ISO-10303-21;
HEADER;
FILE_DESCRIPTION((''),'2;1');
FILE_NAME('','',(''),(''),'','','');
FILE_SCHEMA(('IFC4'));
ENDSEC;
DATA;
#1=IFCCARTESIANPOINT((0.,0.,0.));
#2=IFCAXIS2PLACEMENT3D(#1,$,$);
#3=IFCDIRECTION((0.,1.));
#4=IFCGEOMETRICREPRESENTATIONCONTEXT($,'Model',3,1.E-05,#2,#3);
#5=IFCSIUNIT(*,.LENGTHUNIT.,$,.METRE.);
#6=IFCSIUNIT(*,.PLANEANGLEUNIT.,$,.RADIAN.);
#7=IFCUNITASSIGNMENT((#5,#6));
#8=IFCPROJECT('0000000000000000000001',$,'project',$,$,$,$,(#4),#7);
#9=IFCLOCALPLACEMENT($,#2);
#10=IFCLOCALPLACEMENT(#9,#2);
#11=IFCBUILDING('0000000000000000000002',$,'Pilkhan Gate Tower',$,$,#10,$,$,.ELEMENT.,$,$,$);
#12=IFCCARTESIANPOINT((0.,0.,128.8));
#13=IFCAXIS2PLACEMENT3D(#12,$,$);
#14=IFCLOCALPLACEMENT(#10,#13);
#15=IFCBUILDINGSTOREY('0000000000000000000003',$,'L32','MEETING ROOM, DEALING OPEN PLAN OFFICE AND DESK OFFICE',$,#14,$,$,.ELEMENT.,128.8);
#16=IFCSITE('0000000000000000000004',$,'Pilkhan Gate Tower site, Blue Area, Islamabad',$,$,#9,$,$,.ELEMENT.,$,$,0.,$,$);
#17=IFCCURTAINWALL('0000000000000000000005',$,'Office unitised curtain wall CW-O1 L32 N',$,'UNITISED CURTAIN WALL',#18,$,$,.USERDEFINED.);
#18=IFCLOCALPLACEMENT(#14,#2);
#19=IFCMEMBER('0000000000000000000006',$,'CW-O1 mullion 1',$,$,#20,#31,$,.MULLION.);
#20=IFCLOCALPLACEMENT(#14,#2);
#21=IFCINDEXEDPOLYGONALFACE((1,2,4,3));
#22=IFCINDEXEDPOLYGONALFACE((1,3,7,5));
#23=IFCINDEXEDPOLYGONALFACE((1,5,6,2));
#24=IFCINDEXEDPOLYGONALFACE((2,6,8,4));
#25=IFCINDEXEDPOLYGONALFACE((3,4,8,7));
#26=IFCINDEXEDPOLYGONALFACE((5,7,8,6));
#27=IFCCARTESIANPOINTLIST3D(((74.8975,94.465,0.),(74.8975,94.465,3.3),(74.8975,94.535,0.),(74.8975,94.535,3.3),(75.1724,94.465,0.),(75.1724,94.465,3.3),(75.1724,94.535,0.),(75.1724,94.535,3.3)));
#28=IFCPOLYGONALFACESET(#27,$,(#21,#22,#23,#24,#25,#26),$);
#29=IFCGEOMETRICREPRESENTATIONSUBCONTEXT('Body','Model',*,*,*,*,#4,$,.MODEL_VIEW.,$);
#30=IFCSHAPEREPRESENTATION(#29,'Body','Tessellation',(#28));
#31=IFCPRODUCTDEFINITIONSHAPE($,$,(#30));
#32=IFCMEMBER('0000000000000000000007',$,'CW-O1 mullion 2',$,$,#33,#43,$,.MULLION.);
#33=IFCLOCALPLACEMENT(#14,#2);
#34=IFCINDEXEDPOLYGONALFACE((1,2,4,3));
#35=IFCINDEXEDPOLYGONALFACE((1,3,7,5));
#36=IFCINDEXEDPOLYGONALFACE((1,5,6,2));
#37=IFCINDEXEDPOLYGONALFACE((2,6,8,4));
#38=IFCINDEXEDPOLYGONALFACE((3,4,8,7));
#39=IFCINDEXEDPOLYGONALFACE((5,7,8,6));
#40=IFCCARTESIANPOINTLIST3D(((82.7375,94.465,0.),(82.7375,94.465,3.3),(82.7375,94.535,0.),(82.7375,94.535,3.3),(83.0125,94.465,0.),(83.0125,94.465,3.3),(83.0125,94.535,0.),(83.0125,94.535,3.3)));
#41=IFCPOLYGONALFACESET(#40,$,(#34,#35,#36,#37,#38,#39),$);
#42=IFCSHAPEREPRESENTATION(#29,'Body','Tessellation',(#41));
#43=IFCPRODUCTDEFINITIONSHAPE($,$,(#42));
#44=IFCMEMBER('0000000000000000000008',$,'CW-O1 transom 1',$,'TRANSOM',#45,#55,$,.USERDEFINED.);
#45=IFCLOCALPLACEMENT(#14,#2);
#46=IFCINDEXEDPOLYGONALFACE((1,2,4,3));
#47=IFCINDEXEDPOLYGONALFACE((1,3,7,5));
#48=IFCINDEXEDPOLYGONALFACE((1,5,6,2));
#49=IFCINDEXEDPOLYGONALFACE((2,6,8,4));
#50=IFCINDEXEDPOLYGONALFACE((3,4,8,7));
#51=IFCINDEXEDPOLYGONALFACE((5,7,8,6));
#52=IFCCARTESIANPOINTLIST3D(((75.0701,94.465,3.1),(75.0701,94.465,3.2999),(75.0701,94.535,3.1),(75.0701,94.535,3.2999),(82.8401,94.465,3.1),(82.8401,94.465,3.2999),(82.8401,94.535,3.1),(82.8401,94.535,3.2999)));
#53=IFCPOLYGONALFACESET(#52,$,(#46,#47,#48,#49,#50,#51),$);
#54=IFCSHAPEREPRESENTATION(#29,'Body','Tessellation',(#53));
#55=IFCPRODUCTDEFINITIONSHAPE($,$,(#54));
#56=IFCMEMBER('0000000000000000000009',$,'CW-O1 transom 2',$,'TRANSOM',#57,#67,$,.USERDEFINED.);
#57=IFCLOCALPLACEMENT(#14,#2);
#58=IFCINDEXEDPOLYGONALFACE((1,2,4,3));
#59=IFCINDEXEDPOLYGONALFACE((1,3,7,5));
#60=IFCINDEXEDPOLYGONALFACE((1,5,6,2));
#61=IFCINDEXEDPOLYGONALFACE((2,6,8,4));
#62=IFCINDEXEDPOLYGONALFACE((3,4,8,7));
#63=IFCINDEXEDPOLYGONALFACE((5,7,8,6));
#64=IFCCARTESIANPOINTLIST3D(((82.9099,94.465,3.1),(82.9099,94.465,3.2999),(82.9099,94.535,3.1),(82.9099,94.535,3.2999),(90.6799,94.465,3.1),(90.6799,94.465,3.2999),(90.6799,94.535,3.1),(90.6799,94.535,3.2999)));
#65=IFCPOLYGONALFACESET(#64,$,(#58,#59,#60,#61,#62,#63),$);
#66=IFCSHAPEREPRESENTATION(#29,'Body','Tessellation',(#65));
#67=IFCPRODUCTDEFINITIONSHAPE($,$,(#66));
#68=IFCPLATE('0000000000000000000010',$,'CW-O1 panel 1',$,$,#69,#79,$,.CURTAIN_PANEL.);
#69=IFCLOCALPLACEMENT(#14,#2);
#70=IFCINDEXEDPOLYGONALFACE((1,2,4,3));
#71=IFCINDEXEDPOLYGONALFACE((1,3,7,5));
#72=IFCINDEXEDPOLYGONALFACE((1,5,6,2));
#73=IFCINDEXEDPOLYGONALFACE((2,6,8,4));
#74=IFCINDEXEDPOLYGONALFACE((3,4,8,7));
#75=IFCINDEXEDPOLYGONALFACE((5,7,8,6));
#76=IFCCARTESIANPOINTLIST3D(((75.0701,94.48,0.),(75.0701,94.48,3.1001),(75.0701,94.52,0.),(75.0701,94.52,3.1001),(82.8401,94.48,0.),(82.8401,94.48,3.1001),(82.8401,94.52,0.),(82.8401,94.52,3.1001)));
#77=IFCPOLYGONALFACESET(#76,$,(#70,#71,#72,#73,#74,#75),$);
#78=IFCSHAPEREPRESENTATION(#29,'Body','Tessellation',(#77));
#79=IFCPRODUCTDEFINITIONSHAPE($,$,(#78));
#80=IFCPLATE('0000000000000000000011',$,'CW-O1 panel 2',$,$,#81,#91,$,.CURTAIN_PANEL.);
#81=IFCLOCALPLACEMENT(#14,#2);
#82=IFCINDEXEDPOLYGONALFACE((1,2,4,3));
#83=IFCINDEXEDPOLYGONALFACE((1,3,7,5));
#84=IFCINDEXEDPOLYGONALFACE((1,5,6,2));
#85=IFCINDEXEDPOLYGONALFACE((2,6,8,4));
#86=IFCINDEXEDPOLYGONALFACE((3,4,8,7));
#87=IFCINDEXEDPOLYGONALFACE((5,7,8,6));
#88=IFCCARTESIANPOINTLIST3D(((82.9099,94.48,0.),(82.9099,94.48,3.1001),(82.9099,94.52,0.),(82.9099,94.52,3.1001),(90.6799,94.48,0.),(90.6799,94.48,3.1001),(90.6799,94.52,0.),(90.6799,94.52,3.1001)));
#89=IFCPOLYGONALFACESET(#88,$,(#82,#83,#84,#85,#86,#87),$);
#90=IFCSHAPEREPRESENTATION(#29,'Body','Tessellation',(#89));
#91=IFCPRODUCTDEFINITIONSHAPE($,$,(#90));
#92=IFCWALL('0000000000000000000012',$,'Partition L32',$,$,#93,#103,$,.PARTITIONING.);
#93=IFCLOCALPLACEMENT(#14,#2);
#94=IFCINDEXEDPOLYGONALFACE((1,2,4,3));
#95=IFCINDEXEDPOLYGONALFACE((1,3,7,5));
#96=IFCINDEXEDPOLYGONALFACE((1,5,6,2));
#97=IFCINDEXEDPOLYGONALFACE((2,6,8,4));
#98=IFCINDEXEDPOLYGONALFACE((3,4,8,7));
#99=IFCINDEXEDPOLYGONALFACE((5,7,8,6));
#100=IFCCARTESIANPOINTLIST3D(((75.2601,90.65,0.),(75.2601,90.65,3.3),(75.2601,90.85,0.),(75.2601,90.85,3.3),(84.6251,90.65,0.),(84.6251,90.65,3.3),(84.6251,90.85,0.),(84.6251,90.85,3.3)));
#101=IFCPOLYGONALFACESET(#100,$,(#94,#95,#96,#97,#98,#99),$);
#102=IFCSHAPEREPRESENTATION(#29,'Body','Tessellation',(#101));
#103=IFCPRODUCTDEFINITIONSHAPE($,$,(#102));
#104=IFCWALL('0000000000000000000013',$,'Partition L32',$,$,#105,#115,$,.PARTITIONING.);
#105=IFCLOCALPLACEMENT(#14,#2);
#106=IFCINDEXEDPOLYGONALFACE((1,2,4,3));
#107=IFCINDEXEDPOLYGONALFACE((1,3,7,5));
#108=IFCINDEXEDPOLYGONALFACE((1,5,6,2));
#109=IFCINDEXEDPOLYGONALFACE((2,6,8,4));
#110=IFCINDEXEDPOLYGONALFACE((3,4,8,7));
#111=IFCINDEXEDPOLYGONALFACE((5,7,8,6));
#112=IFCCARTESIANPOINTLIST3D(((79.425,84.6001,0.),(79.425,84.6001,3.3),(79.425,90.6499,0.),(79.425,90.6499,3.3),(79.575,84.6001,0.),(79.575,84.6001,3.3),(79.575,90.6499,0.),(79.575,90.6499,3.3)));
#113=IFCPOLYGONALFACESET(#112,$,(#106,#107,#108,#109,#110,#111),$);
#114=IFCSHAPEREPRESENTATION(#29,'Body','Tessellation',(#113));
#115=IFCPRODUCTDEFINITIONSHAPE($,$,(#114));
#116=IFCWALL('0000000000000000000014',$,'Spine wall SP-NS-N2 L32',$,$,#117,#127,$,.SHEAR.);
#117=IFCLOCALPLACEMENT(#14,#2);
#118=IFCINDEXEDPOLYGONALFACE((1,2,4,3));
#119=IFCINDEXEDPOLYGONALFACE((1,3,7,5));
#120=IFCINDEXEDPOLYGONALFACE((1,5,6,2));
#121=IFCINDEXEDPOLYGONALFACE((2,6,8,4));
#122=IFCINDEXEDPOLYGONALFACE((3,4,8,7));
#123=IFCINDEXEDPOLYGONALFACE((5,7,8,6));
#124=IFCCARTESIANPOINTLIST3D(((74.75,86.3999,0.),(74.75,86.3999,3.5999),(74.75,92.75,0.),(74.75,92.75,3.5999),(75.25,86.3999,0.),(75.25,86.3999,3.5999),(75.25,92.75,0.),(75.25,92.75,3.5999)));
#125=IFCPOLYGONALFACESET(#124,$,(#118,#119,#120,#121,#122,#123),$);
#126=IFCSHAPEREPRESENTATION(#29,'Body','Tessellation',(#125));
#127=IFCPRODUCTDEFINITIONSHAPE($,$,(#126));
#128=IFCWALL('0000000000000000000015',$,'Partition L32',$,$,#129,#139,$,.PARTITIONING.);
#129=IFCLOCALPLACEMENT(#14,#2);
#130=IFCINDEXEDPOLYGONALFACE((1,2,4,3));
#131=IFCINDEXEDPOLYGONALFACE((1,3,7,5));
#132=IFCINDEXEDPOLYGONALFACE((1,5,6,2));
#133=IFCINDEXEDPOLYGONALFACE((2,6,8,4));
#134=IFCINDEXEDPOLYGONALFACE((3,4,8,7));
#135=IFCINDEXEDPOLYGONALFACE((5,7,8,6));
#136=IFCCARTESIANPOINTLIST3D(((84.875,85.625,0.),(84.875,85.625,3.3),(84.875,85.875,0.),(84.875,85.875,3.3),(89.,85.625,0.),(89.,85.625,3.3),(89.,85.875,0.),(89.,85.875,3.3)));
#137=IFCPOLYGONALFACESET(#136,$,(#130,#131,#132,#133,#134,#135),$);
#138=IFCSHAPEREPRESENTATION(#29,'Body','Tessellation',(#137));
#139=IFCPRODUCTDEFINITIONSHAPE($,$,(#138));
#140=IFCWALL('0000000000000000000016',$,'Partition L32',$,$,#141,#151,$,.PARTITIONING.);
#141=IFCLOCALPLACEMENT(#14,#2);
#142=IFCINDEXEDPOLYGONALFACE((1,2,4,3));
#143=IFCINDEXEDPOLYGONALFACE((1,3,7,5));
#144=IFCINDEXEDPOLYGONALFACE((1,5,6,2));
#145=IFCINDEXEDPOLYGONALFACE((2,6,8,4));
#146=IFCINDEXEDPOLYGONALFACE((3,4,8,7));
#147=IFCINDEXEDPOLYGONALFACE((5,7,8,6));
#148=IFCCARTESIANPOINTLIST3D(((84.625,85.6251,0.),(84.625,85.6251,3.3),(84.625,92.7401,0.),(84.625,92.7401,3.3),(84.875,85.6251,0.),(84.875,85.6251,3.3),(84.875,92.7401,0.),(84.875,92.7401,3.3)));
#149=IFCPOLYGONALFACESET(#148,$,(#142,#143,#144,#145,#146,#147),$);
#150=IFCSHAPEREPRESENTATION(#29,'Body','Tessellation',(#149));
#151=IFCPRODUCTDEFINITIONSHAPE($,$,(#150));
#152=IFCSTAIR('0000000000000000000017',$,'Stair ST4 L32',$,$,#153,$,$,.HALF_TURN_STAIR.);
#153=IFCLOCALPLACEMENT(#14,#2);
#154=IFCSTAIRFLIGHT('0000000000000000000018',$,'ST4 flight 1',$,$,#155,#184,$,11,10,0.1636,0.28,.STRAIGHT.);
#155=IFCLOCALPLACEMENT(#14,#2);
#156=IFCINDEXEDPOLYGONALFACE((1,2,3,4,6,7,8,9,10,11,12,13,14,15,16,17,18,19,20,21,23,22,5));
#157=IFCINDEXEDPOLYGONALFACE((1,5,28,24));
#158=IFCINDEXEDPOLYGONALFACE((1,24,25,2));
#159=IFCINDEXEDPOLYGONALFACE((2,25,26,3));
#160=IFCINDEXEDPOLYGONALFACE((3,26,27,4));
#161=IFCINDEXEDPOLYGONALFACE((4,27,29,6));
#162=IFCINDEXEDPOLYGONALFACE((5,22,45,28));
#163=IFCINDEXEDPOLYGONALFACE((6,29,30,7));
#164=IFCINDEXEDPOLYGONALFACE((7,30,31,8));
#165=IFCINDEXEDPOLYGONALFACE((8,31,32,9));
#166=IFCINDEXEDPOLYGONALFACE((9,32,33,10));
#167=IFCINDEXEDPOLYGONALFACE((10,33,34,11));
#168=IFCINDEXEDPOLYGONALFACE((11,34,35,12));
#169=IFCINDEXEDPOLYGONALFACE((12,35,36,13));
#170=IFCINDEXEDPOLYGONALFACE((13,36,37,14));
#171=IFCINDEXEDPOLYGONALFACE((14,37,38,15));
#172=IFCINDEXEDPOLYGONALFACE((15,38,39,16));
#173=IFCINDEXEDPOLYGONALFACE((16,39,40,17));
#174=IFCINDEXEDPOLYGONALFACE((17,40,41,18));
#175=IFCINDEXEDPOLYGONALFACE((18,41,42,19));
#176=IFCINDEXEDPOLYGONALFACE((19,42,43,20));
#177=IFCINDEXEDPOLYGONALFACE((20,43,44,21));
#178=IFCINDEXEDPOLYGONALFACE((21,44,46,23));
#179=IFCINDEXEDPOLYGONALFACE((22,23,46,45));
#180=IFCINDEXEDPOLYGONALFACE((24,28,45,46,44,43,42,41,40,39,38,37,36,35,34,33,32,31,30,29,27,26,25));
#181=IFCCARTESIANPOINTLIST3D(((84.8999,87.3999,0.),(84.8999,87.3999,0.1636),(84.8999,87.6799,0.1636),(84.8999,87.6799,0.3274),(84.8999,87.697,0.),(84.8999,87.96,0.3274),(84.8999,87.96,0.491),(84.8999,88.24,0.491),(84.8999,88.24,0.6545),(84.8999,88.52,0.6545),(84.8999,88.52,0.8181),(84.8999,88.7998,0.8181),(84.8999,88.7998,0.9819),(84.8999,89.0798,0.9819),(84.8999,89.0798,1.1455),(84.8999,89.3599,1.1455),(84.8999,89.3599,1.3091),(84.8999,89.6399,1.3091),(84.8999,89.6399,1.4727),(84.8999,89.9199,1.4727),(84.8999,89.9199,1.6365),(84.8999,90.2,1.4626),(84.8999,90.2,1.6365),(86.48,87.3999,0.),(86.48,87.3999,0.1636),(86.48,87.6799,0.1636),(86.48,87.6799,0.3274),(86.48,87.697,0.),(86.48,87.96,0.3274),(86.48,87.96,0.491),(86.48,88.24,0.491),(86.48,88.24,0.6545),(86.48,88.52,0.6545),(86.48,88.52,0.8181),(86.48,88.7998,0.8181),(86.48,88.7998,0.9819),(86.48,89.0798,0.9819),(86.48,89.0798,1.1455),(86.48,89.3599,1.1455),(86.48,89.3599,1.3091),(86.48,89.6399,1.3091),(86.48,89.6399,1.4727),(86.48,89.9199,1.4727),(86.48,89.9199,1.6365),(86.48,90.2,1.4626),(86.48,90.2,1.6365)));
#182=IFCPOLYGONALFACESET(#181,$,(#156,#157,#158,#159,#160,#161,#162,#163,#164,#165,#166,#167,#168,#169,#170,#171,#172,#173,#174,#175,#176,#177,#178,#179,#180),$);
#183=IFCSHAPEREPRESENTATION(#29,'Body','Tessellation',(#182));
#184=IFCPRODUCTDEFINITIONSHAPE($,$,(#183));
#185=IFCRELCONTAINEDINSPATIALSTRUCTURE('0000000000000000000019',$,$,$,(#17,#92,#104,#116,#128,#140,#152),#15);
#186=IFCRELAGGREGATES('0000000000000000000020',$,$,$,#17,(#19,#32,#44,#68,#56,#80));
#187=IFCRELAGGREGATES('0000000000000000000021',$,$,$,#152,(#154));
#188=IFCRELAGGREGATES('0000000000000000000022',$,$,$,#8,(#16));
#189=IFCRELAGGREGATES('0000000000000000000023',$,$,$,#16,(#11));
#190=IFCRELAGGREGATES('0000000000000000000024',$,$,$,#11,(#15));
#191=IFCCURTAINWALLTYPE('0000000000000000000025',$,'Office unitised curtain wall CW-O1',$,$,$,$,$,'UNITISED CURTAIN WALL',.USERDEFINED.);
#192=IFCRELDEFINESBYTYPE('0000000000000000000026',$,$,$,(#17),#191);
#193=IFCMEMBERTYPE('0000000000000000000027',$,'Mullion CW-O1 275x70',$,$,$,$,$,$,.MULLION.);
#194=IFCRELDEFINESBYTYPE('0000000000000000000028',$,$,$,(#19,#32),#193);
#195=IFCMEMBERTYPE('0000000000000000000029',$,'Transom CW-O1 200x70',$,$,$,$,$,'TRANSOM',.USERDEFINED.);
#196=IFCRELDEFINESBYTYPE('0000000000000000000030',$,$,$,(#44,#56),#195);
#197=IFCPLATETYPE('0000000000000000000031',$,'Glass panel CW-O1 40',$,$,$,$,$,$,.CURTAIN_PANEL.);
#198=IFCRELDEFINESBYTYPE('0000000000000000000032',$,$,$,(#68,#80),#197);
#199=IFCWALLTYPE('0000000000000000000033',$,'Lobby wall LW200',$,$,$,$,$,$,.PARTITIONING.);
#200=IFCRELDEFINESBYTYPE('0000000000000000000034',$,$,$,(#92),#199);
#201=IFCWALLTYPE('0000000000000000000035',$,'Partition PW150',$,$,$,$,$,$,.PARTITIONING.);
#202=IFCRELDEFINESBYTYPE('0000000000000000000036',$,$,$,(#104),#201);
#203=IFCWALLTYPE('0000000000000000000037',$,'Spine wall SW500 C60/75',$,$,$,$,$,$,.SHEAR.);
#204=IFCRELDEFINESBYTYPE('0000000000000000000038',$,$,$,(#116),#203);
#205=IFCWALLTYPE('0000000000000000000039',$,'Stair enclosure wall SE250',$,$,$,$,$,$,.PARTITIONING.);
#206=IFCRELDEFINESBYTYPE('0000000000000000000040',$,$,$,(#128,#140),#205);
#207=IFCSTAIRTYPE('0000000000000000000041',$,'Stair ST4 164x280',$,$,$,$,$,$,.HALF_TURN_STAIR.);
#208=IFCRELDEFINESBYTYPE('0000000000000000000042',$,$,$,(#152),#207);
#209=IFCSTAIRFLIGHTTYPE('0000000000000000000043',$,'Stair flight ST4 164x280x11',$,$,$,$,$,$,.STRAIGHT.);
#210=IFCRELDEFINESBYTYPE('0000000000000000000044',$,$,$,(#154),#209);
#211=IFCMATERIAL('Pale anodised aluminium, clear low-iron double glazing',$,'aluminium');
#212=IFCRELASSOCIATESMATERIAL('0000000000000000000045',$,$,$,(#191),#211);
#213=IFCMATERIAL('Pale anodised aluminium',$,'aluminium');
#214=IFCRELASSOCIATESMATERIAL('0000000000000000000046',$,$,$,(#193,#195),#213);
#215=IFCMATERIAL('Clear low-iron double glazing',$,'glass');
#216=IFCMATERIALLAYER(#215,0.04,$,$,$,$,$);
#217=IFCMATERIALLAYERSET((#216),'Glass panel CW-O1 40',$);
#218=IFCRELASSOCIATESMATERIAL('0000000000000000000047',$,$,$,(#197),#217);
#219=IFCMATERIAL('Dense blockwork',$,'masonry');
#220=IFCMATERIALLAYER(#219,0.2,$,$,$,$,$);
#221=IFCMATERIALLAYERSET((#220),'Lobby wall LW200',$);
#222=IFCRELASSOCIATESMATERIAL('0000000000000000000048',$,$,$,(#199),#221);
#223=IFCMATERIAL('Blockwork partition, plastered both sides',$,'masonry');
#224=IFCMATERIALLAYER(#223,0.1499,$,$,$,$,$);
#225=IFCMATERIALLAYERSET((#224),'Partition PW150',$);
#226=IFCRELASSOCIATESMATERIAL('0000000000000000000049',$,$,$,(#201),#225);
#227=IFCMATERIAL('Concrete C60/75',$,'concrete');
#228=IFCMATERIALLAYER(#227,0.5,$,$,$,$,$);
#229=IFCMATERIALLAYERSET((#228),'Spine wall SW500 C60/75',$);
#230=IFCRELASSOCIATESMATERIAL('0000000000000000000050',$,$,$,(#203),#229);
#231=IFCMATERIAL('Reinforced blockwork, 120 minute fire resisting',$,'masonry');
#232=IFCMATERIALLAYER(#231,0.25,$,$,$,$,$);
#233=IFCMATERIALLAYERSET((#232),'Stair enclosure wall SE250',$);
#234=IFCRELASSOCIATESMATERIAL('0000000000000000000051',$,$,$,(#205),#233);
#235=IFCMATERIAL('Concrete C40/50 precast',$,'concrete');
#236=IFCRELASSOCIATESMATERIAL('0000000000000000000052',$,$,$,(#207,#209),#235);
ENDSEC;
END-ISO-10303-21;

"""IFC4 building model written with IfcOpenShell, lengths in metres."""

from ifc_helpers import new_model, si_unit, direction, frame, frame_2d, origin, origin_2d, place, context, subcontext, project, spatial, polyline, rectangle, outline, extrude, material, layer, layer_set, material_profile, profile_set, type_object, element, aggregate, save


model = new_model("IFC4")

# Units and contexts
model_context = context("Model", 3, precision=1e-05, world=origin(), true_north=direction((0.0, 1.0)))
body_context = subcontext(model_context, "Body", "Model", "MODEL_VIEW")
ifc_project = project(units=[si_unit("LENGTHUNIT", "METRE"), si_unit("PLANEANGLEUNIT", "RADIAN")], contexts=[model_context])

# Site, building, storey
site_placement = place(None, origin())
site = spatial("IfcSite", under=ifc_project, at=site_placement, Name="Pilkhan Gate Tower site, Blue Area, Islamabad", CompositionType="ELEMENT", RefElevation=0.0)
building_placement = place(site_placement, origin())
building = spatial("IfcBuilding", under=site, at=building_placement, Name="Pilkhan Gate Tower", CompositionType="ELEMENT")
storey_placement = place(building_placement, frame((0.0, 0.0, 128.8)))
storey = spatial("IfcBuildingStorey", under=building, at=storey_placement, Name="L32", Description="MEETING ROOM, DEALING OPEN PLAN OFFICE AND DESK OFFICE", CompositionType="ELEMENT", Elevation=128.8)

# Curtain wall, members, plates
ifc_material_1 = material(Name="Pale anodised aluminium, clear low-iron double glazing", Category="aluminium")
curtain_wall_type = type_object("IfcCurtainWallType", Name="Office unitised curtain wall CW-O1", ElementType="UNITISED CURTAIN WALL", PredefinedType="USERDEFINED", material=ifc_material_1)
curtain_wall_placement = place(storey_placement, origin())
curtain_wall = element("IfcCurtainWall", 1, at=curtain_wall_placement, inside=storey, type_object=curtain_wall_type, Name="Office unitised curtain wall CW-O1 L32 N", ObjectType="UNITISED CURTAIN WALL", PredefinedType="USERDEFINED")
ifc_material_2 = material(Name="Pale anodised aluminium", Category="aluminium")
ifc_material_profile_1 = material_profile(ifc_material_2, rectangle(XDim=0.0701, YDim=0.2749, at=origin_2d()), Name="Mullion 275x70")
ifc_profile_set_1 = profile_set([ifc_material_profile_1], Name="Pale anodised aluminium")
member_type_1 = type_object("IfcMemberType", Name="Mullion CW-O1 275x70", PredefinedType="MULLION", material=ifc_profile_set_1)
member_1_placement = place(storey_placement, frame((75.0349, 94.5, 0.0), z_axis=(0.0, 0.0, 1.0), x_axis=(0.0, 1.0, 0.0)))
member_1 = element("IfcMember", 2, at=member_1_placement, type_object=member_type_1, Name="CW-O1 mullion 1", PredefinedType="MULLION", context=body_context, shape_type="SweptSolid", body=[
    extrude(rectangle(XDim=0.0701, YDim=0.2749, at=origin_2d()), origin(), (0.0, 0.0, 1.0), 3.3),
])
member_2_placement = place(storey_placement, frame((82.875, 94.5, 0.0), z_axis=(0.0, 0.0, 1.0), x_axis=(0.0, 1.0, 0.0)))
member_2 = element("IfcMember", 3, at=member_2_placement, type_object=member_type_1, Name="CW-O1 mullion 2", PredefinedType="MULLION", context=body_context, shape_type="SweptSolid", body=[
    extrude(rectangle(XDim=0.0701, YDim=0.2749, at=origin_2d()), origin(), (0.0, 0.0, 1.0), 3.3),
])
ifc_material_profile_2 = material_profile(ifc_material_2, rectangle(XDim=0.0701, YDim=0.2, at=origin_2d()), Name="Transom 200x70")
ifc_profile_set_2 = profile_set([ifc_material_profile_2], Name="Pale anodised aluminium")
member_type_2 = type_object("IfcMemberType", Name="Transom CW-O1 200x70", ElementType="TRANSOM", PredefinedType="USERDEFINED", material=ifc_profile_set_2)
member_3_placement = place(storey_placement, frame((75.0701, 94.5, 3.2), z_axis=(1.0, 0.0, 0.0), x_axis=(0.0, 1.0, 0.0)))
member_3 = element("IfcMember", 4, at=member_3_placement, type_object=member_type_2, Name="CW-O1 transom 1", ObjectType="TRANSOM", PredefinedType="USERDEFINED", context=body_context, shape_type="SweptSolid", body=[
    extrude(rectangle(XDim=0.0701, YDim=0.2, at=origin_2d()), origin(), (0.0, 0.0, 1.0), 7.77),
])
member_4_placement = place(storey_placement, frame((82.9099, 94.5, 3.2), z_axis=(1.0, 0.0, 0.0), x_axis=(0.0, 1.0, 0.0)))
member_4 = element("IfcMember", 5, at=member_4_placement, type_object=member_type_2, Name="CW-O1 transom 2", ObjectType="TRANSOM", PredefinedType="USERDEFINED", context=body_context, shape_type="SweptSolid", body=[
    extrude(rectangle(XDim=0.0701, YDim=0.2, at=origin_2d()), origin(), (0.0, 0.0, 1.0), 7.77),
])
ifc_material_3 = material(Name="Clear low-iron double glazing", Category="glass")
ifc_layer_1 = layer(ifc_material_3, 0.04)
ifc_layer_set_1 = layer_set([ifc_layer_1], Name="Glass panel CW-O1 40")
plate_type = type_object("IfcPlateType", Name="Glass panel CW-O1 40", PredefinedType="CURTAIN_PANEL", material=ifc_layer_set_1)
plate_1_placement = place(storey_placement, frame((78.9551, 94.5, 0.0), z_axis=(0.0, 0.0, 1.0), x_axis=(1.0, 0.0, 0.0)))
plate_1 = element("IfcPlate", 6, at=plate_1_placement, type_object=plate_type, Name="CW-O1 panel 1", PredefinedType="CURTAIN_PANEL", context=body_context, shape_type="SweptSolid", body=[
    extrude(rectangle(XDim=7.77, YDim=0.04, at=origin_2d()), origin(), (0.0, 0.0, 1.0), 3.1001),
])
plate_2_placement = place(storey_placement, frame((86.7949, 94.5, 0.0), z_axis=(0.0, 0.0, 1.0), x_axis=(1.0, 0.0, 0.0)))
plate_2 = element("IfcPlate", 7, at=plate_2_placement, type_object=plate_type, Name="CW-O1 panel 2", PredefinedType="CURTAIN_PANEL", context=body_context, shape_type="SweptSolid", body=[
    extrude(rectangle(XDim=7.77, YDim=0.04, at=origin_2d()), origin(), (0.0, 0.0, 1.0), 3.1001),
])
aggregate(curtain_wall, [member_1, member_2, member_3, plate_1, member_4, plate_2])

# Walls
ifc_material_4 = material(Name="Dense blockwork", Category="masonry")
ifc_layer_2 = layer(ifc_material_4, 0.2)
ifc_layer_set_2 = layer_set([ifc_layer_2], Name="Lobby wall LW200")
wall_type_1 = type_object("IfcWallType", Name="Lobby wall LW200", PredefinedType="PARTITIONING", material=ifc_layer_set_2)
wall_1_placement = place(storey_placement, frame((75.26, 90.75, 0.0), z_axis=(0.0, 0.0, 1.0), x_axis=(1.0, 0.0, 0.0)))
element("IfcWall", 8, at=wall_1_placement, inside=storey, type_object=wall_type_1, Name="Partition L32", PredefinedType="PARTITIONING", context=body_context, shape_type="SweptSolid", body=[
    extrude(rectangle(XDim=9.365, YDim=0.2, at=frame_2d((4.6826, 0.0))), origin(), (0.0, 0.0, 1.0), 3.3),
])
ifc_material_5 = material(Name="Blockwork partition, plastered both sides", Category="masonry")
ifc_layer_3 = layer(ifc_material_5, 0.1499)
ifc_layer_set_3 = layer_set([ifc_layer_3], Name="Partition PW150")
wall_type_2 = type_object("IfcWallType", Name="Partition PW150", PredefinedType="PARTITIONING", material=ifc_layer_set_3)
wall_2_placement = place(storey_placement, frame((79.5, 84.6001, 0.0), z_axis=(0.0, 0.0, 1.0), x_axis=(0.0, 1.0, 0.0)))
element("IfcWall", 9, at=wall_2_placement, inside=storey, type_object=wall_type_2, Name="Partition L32", PredefinedType="PARTITIONING", context=body_context, shape_type="SweptSolid", body=[
    extrude(rectangle(XDim=6.0498, YDim=0.1499, at=frame_2d((3.0249, 0.0))), origin(), (0.0, 0.0, 1.0), 3.3),
])
ifc_material_6 = material(Name="Concrete C60/75", Category="concrete")
ifc_layer_4 = layer(ifc_material_6, 0.5)
ifc_layer_set_4 = layer_set([ifc_layer_4], Name="Spine wall SW500 C60/75")
wall_type_3 = type_object("IfcWallType", Name="Spine wall SW500 C60/75", PredefinedType="SHEAR", material=ifc_layer_set_4)
wall_3_placement = place(storey_placement, frame((75.0, 86.3999, 0.0), z_axis=(0.0, 0.0, 1.0), x_axis=(0.0, 1.0, 0.0)))
element("IfcWall", 10, at=wall_3_placement, inside=storey, type_object=wall_type_3, Name="Spine wall SP-NS-N2 L32", PredefinedType="SHEAR", context=body_context, shape_type="SweptSolid", body=[
    extrude(rectangle(XDim=6.3501, YDim=0.5, at=frame_2d((3.175, 0.0))), origin(), (0.0, 0.0, 1.0), 3.5999),
])
ifc_material_7 = material(Name="Reinforced blockwork, 120 minute fire resisting", Category="masonry")
ifc_layer_5 = layer(ifc_material_7, 0.25)
ifc_layer_set_5 = layer_set([ifc_layer_5], Name="Stair enclosure wall SE250")
wall_type_4 = type_object("IfcWallType", Name="Stair enclosure wall SE250", PredefinedType="PARTITIONING", material=ifc_layer_set_5)
wall_4_placement = place(storey_placement, frame((84.875, 85.75, 0.0), z_axis=(0.0, 0.0, 1.0), x_axis=(1.0, 0.0, 0.0)))
element("IfcWall", 11, at=wall_4_placement, inside=storey, type_object=wall_type_4, Name="Partition L32", PredefinedType="PARTITIONING", context=body_context, shape_type="SweptSolid", body=[
    extrude(rectangle(XDim=4.125, YDim=0.25, at=frame_2d((2.0625, 0.0))), origin(), (0.0, 0.0, 1.0), 3.3),
])
wall_5_placement = place(storey_placement, frame((84.75, 85.625, 0.0), z_axis=(0.0, 0.0, 1.0), x_axis=(0.0, 1.0, 0.0)))
element("IfcWall", 12, at=wall_5_placement, inside=storey, type_object=wall_type_4, Name="Partition L32", PredefinedType="PARTITIONING", context=body_context, shape_type="SweptSolid", body=[
    extrude(rectangle(XDim=7.115, YDim=0.25, at=frame_2d((3.5576, 0.0))), origin(), (0.0, 0.0, 1.0), 3.3),
])

# Stair, stair flight
ifc_material_8 = material(Name="Concrete C40/50 precast", Category="concrete")
stair_type = type_object("IfcStairType", Name="Stair ST4 164x280", PredefinedType="HALF_TURN_STAIR", material=ifc_material_8)
stair_placement = place(storey_placement, origin())
stair = element("IfcStair", 13, at=stair_placement, inside=storey, type_object=stair_type, Name="Stair ST4 L32", PredefinedType="HALF_TURN_STAIR")
stair_flight_type = type_object("IfcStairFlightType", Name="Stair flight ST4 164x280x11", PredefinedType="STRAIGHT", material=ifc_material_8)
stair_flight_1_placement = place(storey_placement, frame((85.6899, 87.3999, 0.0), z_axis=(0.0, 0.0, 1.0), x_axis=(0.0, 1.0, 0.0)))
stair_flight_1 = element("IfcStairFlight", 14, at=stair_flight_1_placement, type_object=stair_flight_type, Name="ST4 flight 1", NumberOfRisers=11, NumberOfTreads=10, PredefinedType="STRAIGHT", RiserHeight=0.1636, TreadLength=0.28, context=body_context, shape_type="SweptSolid", body=[
    extrude(outline(polyline([(0.0, 0.0), (0.0, 0.1636), (0.28, 0.1636), (0.28, 0.3274), (0.5601, 0.3274), (0.5601, 0.491), (0.8401, 0.491), (0.8401, 0.6545), (1.1201, 0.6545), (1.1201, 0.8181), (1.3999, 0.8181), (1.3999, 0.9819), (1.6799, 0.9819), (1.6799, 1.1455), (1.96, 1.1455), (1.96, 1.3091), (2.24, 1.3091), (2.24, 1.4727), (2.52, 1.4727), (2.52, 1.6365), (2.8, 1.6365), (2.8, 1.8), (2.8, 1.4626), (0.2971, 0.0), (0.0, 0.0)])), frame((0.0, 0.79, 0.0), z_axis=(0.0, -1.0, 0.0), x_axis=(1.0, 0.0, 0.0)), (0.0, 0.0, 1.0), 1.5801),
])
aggregate(stair, [stair_flight_1])

save(model, "model.ifc")
